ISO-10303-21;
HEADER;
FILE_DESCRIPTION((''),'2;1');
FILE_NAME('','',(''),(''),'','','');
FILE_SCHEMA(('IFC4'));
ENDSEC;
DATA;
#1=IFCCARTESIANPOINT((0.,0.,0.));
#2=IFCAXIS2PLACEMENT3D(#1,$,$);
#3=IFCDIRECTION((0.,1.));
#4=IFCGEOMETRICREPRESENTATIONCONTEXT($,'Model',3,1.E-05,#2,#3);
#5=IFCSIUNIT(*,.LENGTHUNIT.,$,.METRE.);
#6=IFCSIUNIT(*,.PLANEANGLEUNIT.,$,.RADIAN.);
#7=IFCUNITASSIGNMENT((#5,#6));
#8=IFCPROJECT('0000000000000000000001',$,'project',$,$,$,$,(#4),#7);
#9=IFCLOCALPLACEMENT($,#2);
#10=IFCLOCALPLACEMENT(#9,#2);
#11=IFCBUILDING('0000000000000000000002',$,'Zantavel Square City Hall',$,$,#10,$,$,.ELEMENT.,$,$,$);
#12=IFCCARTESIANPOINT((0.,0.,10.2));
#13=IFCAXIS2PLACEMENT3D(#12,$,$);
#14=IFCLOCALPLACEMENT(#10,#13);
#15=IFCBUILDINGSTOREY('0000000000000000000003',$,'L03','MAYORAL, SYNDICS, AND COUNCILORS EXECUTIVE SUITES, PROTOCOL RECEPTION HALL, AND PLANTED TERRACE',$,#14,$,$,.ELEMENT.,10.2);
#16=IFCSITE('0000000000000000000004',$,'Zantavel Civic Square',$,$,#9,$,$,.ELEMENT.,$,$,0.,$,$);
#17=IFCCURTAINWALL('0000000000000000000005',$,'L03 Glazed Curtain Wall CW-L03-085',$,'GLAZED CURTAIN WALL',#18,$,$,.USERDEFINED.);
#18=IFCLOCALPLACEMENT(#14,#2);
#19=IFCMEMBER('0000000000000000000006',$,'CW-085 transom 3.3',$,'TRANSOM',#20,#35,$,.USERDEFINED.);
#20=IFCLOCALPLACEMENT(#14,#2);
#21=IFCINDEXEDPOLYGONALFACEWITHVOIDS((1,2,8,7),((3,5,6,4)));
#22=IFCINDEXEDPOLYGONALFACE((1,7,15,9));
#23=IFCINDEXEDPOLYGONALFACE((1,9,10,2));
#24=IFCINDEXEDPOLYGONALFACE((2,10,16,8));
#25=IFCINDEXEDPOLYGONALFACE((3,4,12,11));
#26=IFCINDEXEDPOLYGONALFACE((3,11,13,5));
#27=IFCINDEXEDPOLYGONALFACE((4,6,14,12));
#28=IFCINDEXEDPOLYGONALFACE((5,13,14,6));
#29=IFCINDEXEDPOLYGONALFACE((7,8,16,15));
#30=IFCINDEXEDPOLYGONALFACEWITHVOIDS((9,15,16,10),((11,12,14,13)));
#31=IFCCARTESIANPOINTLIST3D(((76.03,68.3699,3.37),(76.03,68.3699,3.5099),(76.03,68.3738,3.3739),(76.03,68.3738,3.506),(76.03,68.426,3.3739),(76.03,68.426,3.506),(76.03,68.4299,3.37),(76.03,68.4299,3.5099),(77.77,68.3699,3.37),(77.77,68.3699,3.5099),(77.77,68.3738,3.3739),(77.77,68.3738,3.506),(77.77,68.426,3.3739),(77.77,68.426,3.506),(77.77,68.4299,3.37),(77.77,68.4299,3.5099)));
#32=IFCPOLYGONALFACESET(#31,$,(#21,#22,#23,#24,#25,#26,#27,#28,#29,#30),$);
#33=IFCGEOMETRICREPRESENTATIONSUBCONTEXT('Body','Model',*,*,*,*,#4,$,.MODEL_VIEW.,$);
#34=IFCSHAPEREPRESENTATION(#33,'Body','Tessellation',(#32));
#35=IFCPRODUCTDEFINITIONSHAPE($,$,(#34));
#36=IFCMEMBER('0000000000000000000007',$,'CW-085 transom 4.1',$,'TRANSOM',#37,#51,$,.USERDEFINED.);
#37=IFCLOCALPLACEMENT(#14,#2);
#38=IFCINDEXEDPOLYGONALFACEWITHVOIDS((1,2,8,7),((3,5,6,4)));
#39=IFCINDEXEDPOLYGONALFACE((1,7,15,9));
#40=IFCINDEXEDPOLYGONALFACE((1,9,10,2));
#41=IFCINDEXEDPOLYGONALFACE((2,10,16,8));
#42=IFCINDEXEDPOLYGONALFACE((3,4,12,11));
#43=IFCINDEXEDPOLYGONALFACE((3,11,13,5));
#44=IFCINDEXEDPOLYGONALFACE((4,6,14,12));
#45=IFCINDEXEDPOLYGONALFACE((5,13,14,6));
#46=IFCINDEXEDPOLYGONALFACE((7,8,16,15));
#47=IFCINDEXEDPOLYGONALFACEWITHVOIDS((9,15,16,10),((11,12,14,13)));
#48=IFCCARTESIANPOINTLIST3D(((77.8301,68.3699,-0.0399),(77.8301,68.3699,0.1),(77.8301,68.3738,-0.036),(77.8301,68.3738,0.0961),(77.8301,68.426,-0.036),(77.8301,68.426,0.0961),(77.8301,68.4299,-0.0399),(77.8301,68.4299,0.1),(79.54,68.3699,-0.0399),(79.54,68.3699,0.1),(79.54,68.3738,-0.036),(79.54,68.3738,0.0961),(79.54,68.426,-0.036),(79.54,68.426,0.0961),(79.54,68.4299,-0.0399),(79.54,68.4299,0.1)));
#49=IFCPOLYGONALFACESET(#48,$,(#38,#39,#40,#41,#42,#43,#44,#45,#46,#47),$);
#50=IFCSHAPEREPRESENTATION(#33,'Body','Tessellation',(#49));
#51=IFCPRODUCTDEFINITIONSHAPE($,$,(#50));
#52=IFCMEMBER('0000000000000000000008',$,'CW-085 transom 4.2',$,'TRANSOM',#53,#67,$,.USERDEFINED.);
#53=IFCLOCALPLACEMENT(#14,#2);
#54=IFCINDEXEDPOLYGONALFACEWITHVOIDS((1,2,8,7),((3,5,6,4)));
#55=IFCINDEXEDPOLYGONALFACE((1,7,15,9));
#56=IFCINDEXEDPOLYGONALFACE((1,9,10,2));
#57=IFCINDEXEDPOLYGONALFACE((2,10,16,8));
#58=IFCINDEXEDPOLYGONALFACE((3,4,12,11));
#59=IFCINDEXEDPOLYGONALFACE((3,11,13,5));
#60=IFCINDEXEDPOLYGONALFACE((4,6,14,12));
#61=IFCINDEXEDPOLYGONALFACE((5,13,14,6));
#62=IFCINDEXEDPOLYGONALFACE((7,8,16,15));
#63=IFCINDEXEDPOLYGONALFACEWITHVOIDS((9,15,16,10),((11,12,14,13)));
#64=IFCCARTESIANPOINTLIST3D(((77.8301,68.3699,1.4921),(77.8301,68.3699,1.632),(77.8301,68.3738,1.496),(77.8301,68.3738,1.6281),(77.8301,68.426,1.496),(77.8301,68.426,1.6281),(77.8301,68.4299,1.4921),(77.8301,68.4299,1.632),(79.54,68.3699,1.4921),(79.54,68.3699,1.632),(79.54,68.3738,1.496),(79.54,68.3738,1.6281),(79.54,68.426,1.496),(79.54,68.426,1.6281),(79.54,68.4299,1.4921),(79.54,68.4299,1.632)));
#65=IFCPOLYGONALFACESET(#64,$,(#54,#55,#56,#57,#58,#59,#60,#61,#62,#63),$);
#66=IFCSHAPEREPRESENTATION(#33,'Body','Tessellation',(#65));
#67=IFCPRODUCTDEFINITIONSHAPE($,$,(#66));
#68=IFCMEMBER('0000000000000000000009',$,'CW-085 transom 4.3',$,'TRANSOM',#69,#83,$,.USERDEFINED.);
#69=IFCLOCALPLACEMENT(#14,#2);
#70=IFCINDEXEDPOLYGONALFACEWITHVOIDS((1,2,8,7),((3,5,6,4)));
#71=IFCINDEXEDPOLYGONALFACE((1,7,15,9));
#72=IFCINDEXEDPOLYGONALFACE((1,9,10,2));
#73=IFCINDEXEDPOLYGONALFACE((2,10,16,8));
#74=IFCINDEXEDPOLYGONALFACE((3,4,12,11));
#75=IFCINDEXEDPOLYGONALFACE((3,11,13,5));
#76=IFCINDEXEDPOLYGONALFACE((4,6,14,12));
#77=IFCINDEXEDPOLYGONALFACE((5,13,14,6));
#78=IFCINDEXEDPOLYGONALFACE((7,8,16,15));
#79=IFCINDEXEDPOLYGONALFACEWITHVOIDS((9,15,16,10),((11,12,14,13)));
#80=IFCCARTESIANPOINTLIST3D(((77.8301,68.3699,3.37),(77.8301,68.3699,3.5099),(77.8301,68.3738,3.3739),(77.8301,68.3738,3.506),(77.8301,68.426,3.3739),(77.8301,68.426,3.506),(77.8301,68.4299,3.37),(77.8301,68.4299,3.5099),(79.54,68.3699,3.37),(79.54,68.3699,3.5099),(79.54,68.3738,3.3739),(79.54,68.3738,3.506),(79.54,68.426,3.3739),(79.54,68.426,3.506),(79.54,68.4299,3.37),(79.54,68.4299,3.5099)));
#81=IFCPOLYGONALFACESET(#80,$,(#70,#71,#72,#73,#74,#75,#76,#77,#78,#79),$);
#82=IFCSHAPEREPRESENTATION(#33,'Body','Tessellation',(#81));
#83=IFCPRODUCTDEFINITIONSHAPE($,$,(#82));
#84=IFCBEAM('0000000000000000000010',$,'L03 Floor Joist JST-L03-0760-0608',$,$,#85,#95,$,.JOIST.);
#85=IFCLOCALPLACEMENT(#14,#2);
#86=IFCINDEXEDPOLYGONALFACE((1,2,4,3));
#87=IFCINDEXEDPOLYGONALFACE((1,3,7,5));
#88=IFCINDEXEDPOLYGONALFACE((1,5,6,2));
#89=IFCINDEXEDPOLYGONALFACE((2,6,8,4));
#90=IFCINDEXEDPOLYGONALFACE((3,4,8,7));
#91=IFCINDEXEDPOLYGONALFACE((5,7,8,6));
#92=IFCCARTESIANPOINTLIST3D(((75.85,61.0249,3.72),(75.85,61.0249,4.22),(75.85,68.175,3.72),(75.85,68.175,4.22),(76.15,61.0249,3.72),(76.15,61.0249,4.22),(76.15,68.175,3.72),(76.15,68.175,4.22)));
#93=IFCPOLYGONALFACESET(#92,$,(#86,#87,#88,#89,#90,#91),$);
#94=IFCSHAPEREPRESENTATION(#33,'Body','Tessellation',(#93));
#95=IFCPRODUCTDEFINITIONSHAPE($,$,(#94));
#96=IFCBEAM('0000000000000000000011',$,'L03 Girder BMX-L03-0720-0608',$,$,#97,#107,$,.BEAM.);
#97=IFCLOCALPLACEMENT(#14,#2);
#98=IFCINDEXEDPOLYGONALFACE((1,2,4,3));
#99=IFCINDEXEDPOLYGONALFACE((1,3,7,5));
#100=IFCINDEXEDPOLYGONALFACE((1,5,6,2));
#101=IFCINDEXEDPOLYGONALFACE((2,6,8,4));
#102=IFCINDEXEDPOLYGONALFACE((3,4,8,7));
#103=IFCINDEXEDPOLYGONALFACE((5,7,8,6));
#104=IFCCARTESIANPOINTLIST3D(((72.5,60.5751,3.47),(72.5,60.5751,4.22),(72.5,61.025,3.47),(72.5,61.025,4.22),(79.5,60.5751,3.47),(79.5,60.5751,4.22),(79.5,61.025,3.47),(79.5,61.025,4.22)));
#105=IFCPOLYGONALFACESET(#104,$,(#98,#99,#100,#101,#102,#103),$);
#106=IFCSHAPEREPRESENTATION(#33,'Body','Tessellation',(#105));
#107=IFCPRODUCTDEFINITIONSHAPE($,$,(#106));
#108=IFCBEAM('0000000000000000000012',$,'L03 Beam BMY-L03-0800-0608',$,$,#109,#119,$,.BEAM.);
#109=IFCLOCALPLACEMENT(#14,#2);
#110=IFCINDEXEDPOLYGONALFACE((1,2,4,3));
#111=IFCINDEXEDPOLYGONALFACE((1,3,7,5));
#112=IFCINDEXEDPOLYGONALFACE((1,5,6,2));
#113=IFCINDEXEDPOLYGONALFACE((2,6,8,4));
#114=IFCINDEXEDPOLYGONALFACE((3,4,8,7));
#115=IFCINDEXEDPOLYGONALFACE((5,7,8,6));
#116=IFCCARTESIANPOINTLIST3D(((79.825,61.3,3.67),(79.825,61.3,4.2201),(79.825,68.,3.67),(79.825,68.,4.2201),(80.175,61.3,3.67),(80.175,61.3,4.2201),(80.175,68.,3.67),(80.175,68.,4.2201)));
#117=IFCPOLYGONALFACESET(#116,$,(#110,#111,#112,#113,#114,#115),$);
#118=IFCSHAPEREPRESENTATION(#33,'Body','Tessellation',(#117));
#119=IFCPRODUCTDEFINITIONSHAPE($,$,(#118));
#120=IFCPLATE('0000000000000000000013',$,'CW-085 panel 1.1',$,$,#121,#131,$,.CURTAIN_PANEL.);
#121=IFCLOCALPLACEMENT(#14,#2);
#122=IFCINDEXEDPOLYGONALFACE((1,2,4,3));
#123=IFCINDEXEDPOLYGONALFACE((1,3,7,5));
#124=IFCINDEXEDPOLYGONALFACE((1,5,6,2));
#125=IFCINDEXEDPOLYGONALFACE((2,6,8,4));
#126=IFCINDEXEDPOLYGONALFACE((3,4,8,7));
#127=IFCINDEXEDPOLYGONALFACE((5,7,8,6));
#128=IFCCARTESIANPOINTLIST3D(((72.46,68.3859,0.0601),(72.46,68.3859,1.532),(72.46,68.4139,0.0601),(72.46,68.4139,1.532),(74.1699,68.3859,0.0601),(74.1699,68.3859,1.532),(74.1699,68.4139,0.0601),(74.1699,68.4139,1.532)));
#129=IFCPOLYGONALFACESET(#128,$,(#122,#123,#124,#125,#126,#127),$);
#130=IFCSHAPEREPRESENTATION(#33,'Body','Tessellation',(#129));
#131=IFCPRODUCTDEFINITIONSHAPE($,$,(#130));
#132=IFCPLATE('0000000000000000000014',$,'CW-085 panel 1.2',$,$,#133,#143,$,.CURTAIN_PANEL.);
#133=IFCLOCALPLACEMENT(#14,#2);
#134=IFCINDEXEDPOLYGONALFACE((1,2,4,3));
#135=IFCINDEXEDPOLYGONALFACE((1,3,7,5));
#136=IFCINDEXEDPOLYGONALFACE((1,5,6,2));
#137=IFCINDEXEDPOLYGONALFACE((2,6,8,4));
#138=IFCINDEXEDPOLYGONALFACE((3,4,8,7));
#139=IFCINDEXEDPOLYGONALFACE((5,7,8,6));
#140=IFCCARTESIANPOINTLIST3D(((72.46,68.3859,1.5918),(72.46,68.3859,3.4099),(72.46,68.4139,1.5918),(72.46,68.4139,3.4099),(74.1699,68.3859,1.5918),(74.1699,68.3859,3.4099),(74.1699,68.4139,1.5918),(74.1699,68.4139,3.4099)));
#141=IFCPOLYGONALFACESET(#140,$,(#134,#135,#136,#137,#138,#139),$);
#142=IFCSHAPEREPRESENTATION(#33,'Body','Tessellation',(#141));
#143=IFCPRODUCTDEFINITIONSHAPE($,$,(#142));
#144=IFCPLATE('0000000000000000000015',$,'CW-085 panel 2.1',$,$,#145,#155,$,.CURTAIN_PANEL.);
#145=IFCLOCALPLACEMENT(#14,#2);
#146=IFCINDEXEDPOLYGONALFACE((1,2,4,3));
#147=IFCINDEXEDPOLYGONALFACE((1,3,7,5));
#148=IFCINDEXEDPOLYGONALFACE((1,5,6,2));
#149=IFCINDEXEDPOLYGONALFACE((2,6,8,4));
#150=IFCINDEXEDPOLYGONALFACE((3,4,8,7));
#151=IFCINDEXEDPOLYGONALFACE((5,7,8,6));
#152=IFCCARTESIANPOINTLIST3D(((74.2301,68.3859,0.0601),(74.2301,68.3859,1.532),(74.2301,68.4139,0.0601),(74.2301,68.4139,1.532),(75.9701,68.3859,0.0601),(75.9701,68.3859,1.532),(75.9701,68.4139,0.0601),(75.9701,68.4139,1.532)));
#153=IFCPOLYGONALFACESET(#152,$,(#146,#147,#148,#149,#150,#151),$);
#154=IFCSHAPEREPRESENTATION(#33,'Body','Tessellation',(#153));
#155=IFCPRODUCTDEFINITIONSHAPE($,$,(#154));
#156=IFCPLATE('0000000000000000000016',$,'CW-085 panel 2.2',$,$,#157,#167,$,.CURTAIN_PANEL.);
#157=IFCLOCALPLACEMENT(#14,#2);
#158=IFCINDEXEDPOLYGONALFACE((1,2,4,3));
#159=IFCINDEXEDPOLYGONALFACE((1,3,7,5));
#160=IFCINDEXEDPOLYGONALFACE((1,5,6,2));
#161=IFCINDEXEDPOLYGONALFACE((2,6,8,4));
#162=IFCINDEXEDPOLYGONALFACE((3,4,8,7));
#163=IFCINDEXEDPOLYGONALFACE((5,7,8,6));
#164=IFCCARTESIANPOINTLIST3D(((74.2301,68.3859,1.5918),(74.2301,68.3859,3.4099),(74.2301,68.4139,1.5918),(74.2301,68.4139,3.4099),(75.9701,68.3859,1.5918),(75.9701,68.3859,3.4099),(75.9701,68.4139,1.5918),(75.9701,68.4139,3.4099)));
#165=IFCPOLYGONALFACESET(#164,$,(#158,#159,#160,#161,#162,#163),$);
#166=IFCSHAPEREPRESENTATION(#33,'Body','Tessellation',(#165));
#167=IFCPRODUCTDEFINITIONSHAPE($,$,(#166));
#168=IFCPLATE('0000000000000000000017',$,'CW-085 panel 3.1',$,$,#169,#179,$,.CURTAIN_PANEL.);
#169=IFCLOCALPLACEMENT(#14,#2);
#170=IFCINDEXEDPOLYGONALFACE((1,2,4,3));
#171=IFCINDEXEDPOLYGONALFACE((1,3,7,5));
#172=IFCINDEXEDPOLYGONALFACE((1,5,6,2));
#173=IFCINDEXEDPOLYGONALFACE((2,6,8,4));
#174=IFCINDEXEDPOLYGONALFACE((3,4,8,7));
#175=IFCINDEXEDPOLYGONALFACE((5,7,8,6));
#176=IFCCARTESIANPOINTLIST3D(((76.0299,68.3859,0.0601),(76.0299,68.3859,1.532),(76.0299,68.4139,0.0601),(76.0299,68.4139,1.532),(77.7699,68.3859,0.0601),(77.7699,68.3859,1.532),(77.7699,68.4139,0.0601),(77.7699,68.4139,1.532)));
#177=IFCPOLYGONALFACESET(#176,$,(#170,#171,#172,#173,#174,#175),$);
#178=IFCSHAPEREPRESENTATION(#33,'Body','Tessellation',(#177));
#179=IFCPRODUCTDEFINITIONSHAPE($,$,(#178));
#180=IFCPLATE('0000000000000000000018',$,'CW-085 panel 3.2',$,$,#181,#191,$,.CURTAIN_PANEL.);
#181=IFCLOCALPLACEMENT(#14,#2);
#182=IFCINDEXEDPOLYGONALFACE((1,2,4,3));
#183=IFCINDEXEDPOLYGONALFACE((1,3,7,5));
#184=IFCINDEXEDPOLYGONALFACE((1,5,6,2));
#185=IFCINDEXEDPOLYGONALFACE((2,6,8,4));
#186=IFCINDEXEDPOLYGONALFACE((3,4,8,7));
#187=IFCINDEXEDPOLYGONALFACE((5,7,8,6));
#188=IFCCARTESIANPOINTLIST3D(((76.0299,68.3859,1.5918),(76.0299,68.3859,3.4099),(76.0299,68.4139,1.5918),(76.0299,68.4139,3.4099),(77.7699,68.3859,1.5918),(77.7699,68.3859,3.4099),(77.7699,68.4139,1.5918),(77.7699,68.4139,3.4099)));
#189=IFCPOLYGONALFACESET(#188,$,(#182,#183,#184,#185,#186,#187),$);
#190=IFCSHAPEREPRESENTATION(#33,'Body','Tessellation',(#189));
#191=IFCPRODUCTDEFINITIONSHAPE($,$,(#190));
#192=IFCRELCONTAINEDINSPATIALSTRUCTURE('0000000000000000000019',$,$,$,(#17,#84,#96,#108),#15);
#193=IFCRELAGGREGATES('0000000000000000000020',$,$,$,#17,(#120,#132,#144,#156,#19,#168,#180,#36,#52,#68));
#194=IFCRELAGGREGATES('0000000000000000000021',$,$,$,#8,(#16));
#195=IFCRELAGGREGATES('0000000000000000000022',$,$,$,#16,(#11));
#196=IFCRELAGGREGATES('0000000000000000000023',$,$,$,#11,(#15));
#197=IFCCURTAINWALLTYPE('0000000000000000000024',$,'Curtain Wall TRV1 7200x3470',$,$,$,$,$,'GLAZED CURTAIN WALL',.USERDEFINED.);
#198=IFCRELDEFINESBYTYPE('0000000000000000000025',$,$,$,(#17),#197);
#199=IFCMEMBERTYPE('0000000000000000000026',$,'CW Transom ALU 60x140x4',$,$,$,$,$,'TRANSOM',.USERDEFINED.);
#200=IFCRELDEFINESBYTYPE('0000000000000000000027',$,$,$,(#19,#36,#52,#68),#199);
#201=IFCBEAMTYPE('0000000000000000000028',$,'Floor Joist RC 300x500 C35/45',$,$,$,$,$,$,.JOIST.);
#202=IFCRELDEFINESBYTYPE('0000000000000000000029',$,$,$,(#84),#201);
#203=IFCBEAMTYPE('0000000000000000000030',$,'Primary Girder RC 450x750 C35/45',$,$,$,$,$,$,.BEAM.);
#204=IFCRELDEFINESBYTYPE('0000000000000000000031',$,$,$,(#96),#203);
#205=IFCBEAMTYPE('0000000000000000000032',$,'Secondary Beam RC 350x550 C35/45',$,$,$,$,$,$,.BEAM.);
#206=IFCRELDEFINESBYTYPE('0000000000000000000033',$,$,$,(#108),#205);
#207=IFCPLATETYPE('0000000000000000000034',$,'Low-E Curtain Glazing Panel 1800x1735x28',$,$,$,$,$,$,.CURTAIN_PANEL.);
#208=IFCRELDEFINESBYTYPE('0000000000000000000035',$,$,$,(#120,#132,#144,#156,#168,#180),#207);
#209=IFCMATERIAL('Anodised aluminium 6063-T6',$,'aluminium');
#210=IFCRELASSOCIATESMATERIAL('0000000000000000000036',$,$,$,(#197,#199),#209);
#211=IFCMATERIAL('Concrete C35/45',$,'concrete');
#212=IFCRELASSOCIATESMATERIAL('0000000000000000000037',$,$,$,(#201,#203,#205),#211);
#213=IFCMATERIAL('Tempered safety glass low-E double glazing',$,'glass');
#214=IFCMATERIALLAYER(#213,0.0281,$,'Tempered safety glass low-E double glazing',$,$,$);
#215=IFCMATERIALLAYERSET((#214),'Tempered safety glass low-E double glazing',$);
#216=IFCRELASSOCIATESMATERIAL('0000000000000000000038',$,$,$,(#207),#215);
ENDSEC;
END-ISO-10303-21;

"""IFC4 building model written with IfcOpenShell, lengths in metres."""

from ifc_helpers import new_model, si_unit, direction, frame, origin, origin_2d, place, context, subcontext, project, spatial, rectangle, hollow_rectangle, extrude, material, layer, layer_set, material_profile, profile_set, type_object, element, aggregate, save


model = new_model("IFC4")

# Units and contexts
model_context = context("Model", 3, precision=1e-05, world=origin(), true_north=direction((0.0, 1.0)))
body_context = subcontext(model_context, "Body", "Model", "MODEL_VIEW")
ifc_project = project(units=[si_unit("LENGTHUNIT", "METRE"), si_unit("PLANEANGLEUNIT", "RADIAN")], contexts=[model_context])

# Site, building, storey
site_placement = place(None, origin())
site = spatial("IfcSite", under=ifc_project, at=site_placement, Name="Zantavel Civic Square", CompositionType="ELEMENT", RefElevation=0.0)
building_placement = place(site_placement, origin())
building = spatial("IfcBuilding", under=site, at=building_placement, Name="Zantavel Square City Hall", CompositionType="ELEMENT")
storey_placement = place(building_placement, frame((0.0, 0.0, 10.2)))
storey = spatial("IfcBuildingStorey", under=building, at=storey_placement, Name="L03", Description="MAYORAL, SYNDICS, AND COUNCILORS EXECUTIVE SUITES, PROTOCOL RECEPTION HALL, AND PLANTED TERRACE", CompositionType="ELEMENT", Elevation=10.2)

# Curtain wall, members
ifc_material_1 = material(Name="Anodised aluminium 6063-T6", Category="aluminium")
curtain_wall_type = type_object("IfcCurtainWallType", Name="Curtain Wall TRV1 7200x3470", ElementType="GLAZED CURTAIN WALL", PredefinedType="USERDEFINED", material=ifc_material_1)
curtain_wall_placement = place(storey_placement, origin())
curtain_wall = element("IfcCurtainWall", 1, at=curtain_wall_placement, inside=storey, type_object=curtain_wall_type, Name="L03 Glazed Curtain Wall CW-L03-085", ObjectType="GLAZED CURTAIN WALL", PredefinedType="USERDEFINED")
ifc_material_profile_1 = material_profile(ifc_material_1, hollow_rectangle(XDim=0.0601, YDim=0.1399, WallThickness=0.0039, at=origin_2d()), Name="ALU 60x140x4")
ifc_profile_set_1 = profile_set([ifc_material_profile_1], Name="Anodised aluminium 6063-T6")
member_type_1 = type_object("IfcMemberType", Name="CW Transom ALU 60x140x4", ElementType="TRANSOM", PredefinedType="USERDEFINED", material=ifc_profile_set_1)
member_1_placement = place(storey_placement, frame((76.03, 68.3999, 3.4399), z_axis=(1.0, 0.0, 0.0), x_axis=(0.0, 1.0, 0.0)))
member_1 = element("IfcMember", 2, at=member_1_placement, type_object=member_type_1, Name="CW-085 transom 3.3", ObjectType="TRANSOM", PredefinedType="USERDEFINED", context=body_context, shape_type="SweptSolid", body=[
    extrude(hollow_rectangle(XDim=0.0601, YDim=0.1399, WallThickness=0.0039, at=origin_2d()), origin(), (0.0, 0.0, 1.0), 1.74),
])
member_2_placement = place(storey_placement, frame((77.8301, 68.3999, 0.03), z_axis=(1.0, 0.0, 0.0), x_axis=(0.0, 1.0, 0.0)))
member_2 = element("IfcMember", 3, at=member_2_placement, type_object=member_type_1, Name="CW-085 transom 4.1", ObjectType="TRANSOM", PredefinedType="USERDEFINED", context=body_context, shape_type="SweptSolid", body=[
    extrude(hollow_rectangle(XDim=0.0601, YDim=0.1399, WallThickness=0.0039, at=origin_2d()), origin(), (0.0, 0.0, 1.0), 1.71),
])
member_3_placement = place(storey_placement, frame((77.8301, 68.3999, 1.562), z_axis=(1.0, 0.0, 0.0), x_axis=(0.0, 1.0, 0.0)))
member_3 = element("IfcMember", 4, at=member_3_placement, type_object=member_type_1, Name="CW-085 transom 4.2", ObjectType="TRANSOM", PredefinedType="USERDEFINED", context=body_context, shape_type="SweptSolid", body=[
    extrude(hollow_rectangle(XDim=0.0601, YDim=0.1399, WallThickness=0.0039, at=origin_2d()), origin(), (0.0, 0.0, 1.0), 1.71),
])
member_4_placement = place(storey_placement, frame((77.8301, 68.3999, 3.4399), z_axis=(1.0, 0.0, 0.0), x_axis=(0.0, 1.0, 0.0)))
member_4 = element("IfcMember", 5, at=member_4_placement, type_object=member_type_1, Name="CW-085 transom 4.3", ObjectType="TRANSOM", PredefinedType="USERDEFINED", context=body_context, shape_type="SweptSolid", body=[
    extrude(hollow_rectangle(XDim=0.0601, YDim=0.1399, WallThickness=0.0039, at=origin_2d()), origin(), (0.0, 0.0, 1.0), 1.71),
])

# Beams
ifc_material_2 = material(Name="Concrete C35/45", Category="concrete")
ifc_material_profile_2 = material_profile(ifc_material_2, rectangle(XDim=0.3, YDim=0.5, at=origin_2d()), Name="RC 300x500")
ifc_profile_set_2 = profile_set([ifc_material_profile_2], Name="Concrete C35/45")
beam_type_1 = type_object("IfcBeamType", Name="Floor Joist RC 300x500 C35/45", PredefinedType="JOIST", material=ifc_profile_set_2)
beam_1_placement = place(storey_placement, frame((76.0, 61.0249, 3.97), z_axis=(0.0, 1.0, 0.0), x_axis=(-1.0, 0.0, 0.0)))
element("IfcBeam", 6, at=beam_1_placement, inside=storey, type_object=beam_type_1, Name="L03 Floor Joist JST-L03-0760-0608", PredefinedType="JOIST", context=body_context, shape_type="SweptSolid", body=[
    extrude(rectangle(XDim=0.3, YDim=0.5, at=origin_2d()), origin(), (0.0, 0.0, 1.0), 7.1501),
])
ifc_material_profile_3 = material_profile(ifc_material_2, rectangle(XDim=0.45, YDim=0.75, at=origin_2d()), Name="RC 450x750")
ifc_profile_set_3 = profile_set([ifc_material_profile_3], Name="Concrete C35/45")
beam_type_2 = type_object("IfcBeamType", Name="Primary Girder RC 450x750 C35/45", PredefinedType="BEAM", material=ifc_profile_set_3)
beam_2_placement = place(storey_placement, frame((72.5, 60.8, 3.845), z_axis=(1.0, 0.0, 0.0), x_axis=(0.0, 1.0, 0.0)))
element("IfcBeam", 7, at=beam_2_placement, inside=storey, type_object=beam_type_2, Name="L03 Girder BMX-L03-0720-0608", PredefinedType="BEAM", context=body_context, shape_type="SweptSolid", body=[
    extrude(rectangle(XDim=0.45, YDim=0.75, at=origin_2d()), origin(), (0.0, 0.0, 1.0), 7.0),
])
ifc_material_profile_4 = material_profile(ifc_material_2, rectangle(XDim=0.3501, YDim=0.55, at=origin_2d()), Name="RC 350x550")
ifc_profile_set_4 = profile_set([ifc_material_profile_4], Name="Concrete C35/45")
beam_type_3 = type_object("IfcBeamType", Name="Secondary Beam RC 350x550 C35/45", PredefinedType="BEAM", material=ifc_profile_set_4)
beam_3_placement = place(storey_placement, frame((80.0, 61.3, 3.9451), z_axis=(0.0, 1.0, 0.0), x_axis=(-1.0, 0.0, 0.0)))
element("IfcBeam", 8, at=beam_3_placement, inside=storey, type_object=beam_type_3, Name="L03 Beam BMY-L03-0800-0608", PredefinedType="BEAM", context=body_context, shape_type="SweptSolid", body=[
    extrude(rectangle(XDim=0.3501, YDim=0.55, at=origin_2d()), origin(), (0.0, 0.0, 1.0), 6.7),
])

# Plates
ifc_material_3 = material(Name="Tempered safety glass low-E double glazing", Category="glass")
ifc_layer = layer(ifc_material_3, 0.0281, Name="Tempered safety glass low-E double glazing")
ifc_layer_set = layer_set([ifc_layer], Name="Tempered safety glass low-E double glazing")
plate_type = type_object("IfcPlateType", Name="Low-E Curtain Glazing Panel 1800x1735x28", PredefinedType="CURTAIN_PANEL", material=ifc_layer_set)
plate_1_placement = place(storey_placement, frame((73.3149, 68.3999, 0.0601), z_axis=(0.0, 0.0, 1.0), x_axis=(1.0, 0.0, 0.0)))
plate_1 = element("IfcPlate", 9, at=plate_1_placement, type_object=plate_type, Name="CW-085 panel 1.1", PredefinedType="CURTAIN_PANEL", context=body_context, shape_type="SweptSolid", body=[
    extrude(rectangle(XDim=1.71, YDim=0.0281, at=origin_2d()), origin(), (0.0, 0.0, 1.0), 1.4719),
])
plate_2_placement = place(storey_placement, frame((73.3149, 68.3999, 1.5918), z_axis=(0.0, 0.0, 1.0), x_axis=(1.0, 0.0, 0.0)))
plate_2 = element("IfcPlate", 10, at=plate_2_placement, type_object=plate_type, Name="CW-085 panel 1.2", PredefinedType="CURTAIN_PANEL", context=body_context, shape_type="SweptSolid", body=[
    extrude(rectangle(XDim=1.71, YDim=0.0281, at=origin_2d()), origin(), (0.0, 0.0, 1.0), 1.8181),
])
plate_3_placement = place(storey_placement, frame((75.1001, 68.3999, 0.0601), z_axis=(0.0, 0.0, 1.0), x_axis=(1.0, 0.0, 0.0)))
plate_3 = element("IfcPlate", 11, at=plate_3_placement, type_object=plate_type, Name="CW-085 panel 2.1", PredefinedType="CURTAIN_PANEL", context=body_context, shape_type="SweptSolid", body=[
    extrude(rectangle(XDim=1.74, YDim=0.0281, at=origin_2d()), origin(), (0.0, 0.0, 1.0), 1.4719),
])
plate_4_placement = place(storey_placement, frame((75.1001, 68.3999, 1.5918), z_axis=(0.0, 0.0, 1.0), x_axis=(1.0, 0.0, 0.0)))
plate_4 = element("IfcPlate", 12, at=plate_4_placement, type_object=plate_type, Name="CW-085 panel 2.2", PredefinedType="CURTAIN_PANEL", context=body_context, shape_type="SweptSolid", body=[
    extrude(rectangle(XDim=1.74, YDim=0.0281, at=origin_2d()), origin(), (0.0, 0.0, 1.0), 1.8181),
])
plate_5_placement = place(storey_placement, frame((76.8999, 68.3999, 0.0601), z_axis=(0.0, 0.0, 1.0), x_axis=(1.0, 0.0, 0.0)))
plate_5 = element("IfcPlate", 13, at=plate_5_placement, type_object=plate_type, Name="CW-085 panel 3.1", PredefinedType="CURTAIN_PANEL", context=body_context, shape_type="SweptSolid", body=[
    extrude(rectangle(XDim=1.74, YDim=0.0281, at=origin_2d()), origin(), (0.0, 0.0, 1.0), 1.4719),
])
plate_6_placement = place(storey_placement, frame((76.8999, 68.3999, 1.5918), z_axis=(0.0, 0.0, 1.0), x_axis=(1.0, 0.0, 0.0)))
plate_6 = element("IfcPlate", 14, at=plate_6_placement, type_object=plate_type, Name="CW-085 panel 3.2", PredefinedType="CURTAIN_PANEL", context=body_context, shape_type="SweptSolid", body=[
    extrude(rectangle(XDim=1.74, YDim=0.0281, at=origin_2d()), origin(), (0.0, 0.0, 1.0), 1.8181),
])
aggregate(curtain_wall, [plate_1, plate_2, plate_3, plate_4, member_1, plate_5, plate_6, member_2, member_3, member_4])

save(model, "model.ifc")
